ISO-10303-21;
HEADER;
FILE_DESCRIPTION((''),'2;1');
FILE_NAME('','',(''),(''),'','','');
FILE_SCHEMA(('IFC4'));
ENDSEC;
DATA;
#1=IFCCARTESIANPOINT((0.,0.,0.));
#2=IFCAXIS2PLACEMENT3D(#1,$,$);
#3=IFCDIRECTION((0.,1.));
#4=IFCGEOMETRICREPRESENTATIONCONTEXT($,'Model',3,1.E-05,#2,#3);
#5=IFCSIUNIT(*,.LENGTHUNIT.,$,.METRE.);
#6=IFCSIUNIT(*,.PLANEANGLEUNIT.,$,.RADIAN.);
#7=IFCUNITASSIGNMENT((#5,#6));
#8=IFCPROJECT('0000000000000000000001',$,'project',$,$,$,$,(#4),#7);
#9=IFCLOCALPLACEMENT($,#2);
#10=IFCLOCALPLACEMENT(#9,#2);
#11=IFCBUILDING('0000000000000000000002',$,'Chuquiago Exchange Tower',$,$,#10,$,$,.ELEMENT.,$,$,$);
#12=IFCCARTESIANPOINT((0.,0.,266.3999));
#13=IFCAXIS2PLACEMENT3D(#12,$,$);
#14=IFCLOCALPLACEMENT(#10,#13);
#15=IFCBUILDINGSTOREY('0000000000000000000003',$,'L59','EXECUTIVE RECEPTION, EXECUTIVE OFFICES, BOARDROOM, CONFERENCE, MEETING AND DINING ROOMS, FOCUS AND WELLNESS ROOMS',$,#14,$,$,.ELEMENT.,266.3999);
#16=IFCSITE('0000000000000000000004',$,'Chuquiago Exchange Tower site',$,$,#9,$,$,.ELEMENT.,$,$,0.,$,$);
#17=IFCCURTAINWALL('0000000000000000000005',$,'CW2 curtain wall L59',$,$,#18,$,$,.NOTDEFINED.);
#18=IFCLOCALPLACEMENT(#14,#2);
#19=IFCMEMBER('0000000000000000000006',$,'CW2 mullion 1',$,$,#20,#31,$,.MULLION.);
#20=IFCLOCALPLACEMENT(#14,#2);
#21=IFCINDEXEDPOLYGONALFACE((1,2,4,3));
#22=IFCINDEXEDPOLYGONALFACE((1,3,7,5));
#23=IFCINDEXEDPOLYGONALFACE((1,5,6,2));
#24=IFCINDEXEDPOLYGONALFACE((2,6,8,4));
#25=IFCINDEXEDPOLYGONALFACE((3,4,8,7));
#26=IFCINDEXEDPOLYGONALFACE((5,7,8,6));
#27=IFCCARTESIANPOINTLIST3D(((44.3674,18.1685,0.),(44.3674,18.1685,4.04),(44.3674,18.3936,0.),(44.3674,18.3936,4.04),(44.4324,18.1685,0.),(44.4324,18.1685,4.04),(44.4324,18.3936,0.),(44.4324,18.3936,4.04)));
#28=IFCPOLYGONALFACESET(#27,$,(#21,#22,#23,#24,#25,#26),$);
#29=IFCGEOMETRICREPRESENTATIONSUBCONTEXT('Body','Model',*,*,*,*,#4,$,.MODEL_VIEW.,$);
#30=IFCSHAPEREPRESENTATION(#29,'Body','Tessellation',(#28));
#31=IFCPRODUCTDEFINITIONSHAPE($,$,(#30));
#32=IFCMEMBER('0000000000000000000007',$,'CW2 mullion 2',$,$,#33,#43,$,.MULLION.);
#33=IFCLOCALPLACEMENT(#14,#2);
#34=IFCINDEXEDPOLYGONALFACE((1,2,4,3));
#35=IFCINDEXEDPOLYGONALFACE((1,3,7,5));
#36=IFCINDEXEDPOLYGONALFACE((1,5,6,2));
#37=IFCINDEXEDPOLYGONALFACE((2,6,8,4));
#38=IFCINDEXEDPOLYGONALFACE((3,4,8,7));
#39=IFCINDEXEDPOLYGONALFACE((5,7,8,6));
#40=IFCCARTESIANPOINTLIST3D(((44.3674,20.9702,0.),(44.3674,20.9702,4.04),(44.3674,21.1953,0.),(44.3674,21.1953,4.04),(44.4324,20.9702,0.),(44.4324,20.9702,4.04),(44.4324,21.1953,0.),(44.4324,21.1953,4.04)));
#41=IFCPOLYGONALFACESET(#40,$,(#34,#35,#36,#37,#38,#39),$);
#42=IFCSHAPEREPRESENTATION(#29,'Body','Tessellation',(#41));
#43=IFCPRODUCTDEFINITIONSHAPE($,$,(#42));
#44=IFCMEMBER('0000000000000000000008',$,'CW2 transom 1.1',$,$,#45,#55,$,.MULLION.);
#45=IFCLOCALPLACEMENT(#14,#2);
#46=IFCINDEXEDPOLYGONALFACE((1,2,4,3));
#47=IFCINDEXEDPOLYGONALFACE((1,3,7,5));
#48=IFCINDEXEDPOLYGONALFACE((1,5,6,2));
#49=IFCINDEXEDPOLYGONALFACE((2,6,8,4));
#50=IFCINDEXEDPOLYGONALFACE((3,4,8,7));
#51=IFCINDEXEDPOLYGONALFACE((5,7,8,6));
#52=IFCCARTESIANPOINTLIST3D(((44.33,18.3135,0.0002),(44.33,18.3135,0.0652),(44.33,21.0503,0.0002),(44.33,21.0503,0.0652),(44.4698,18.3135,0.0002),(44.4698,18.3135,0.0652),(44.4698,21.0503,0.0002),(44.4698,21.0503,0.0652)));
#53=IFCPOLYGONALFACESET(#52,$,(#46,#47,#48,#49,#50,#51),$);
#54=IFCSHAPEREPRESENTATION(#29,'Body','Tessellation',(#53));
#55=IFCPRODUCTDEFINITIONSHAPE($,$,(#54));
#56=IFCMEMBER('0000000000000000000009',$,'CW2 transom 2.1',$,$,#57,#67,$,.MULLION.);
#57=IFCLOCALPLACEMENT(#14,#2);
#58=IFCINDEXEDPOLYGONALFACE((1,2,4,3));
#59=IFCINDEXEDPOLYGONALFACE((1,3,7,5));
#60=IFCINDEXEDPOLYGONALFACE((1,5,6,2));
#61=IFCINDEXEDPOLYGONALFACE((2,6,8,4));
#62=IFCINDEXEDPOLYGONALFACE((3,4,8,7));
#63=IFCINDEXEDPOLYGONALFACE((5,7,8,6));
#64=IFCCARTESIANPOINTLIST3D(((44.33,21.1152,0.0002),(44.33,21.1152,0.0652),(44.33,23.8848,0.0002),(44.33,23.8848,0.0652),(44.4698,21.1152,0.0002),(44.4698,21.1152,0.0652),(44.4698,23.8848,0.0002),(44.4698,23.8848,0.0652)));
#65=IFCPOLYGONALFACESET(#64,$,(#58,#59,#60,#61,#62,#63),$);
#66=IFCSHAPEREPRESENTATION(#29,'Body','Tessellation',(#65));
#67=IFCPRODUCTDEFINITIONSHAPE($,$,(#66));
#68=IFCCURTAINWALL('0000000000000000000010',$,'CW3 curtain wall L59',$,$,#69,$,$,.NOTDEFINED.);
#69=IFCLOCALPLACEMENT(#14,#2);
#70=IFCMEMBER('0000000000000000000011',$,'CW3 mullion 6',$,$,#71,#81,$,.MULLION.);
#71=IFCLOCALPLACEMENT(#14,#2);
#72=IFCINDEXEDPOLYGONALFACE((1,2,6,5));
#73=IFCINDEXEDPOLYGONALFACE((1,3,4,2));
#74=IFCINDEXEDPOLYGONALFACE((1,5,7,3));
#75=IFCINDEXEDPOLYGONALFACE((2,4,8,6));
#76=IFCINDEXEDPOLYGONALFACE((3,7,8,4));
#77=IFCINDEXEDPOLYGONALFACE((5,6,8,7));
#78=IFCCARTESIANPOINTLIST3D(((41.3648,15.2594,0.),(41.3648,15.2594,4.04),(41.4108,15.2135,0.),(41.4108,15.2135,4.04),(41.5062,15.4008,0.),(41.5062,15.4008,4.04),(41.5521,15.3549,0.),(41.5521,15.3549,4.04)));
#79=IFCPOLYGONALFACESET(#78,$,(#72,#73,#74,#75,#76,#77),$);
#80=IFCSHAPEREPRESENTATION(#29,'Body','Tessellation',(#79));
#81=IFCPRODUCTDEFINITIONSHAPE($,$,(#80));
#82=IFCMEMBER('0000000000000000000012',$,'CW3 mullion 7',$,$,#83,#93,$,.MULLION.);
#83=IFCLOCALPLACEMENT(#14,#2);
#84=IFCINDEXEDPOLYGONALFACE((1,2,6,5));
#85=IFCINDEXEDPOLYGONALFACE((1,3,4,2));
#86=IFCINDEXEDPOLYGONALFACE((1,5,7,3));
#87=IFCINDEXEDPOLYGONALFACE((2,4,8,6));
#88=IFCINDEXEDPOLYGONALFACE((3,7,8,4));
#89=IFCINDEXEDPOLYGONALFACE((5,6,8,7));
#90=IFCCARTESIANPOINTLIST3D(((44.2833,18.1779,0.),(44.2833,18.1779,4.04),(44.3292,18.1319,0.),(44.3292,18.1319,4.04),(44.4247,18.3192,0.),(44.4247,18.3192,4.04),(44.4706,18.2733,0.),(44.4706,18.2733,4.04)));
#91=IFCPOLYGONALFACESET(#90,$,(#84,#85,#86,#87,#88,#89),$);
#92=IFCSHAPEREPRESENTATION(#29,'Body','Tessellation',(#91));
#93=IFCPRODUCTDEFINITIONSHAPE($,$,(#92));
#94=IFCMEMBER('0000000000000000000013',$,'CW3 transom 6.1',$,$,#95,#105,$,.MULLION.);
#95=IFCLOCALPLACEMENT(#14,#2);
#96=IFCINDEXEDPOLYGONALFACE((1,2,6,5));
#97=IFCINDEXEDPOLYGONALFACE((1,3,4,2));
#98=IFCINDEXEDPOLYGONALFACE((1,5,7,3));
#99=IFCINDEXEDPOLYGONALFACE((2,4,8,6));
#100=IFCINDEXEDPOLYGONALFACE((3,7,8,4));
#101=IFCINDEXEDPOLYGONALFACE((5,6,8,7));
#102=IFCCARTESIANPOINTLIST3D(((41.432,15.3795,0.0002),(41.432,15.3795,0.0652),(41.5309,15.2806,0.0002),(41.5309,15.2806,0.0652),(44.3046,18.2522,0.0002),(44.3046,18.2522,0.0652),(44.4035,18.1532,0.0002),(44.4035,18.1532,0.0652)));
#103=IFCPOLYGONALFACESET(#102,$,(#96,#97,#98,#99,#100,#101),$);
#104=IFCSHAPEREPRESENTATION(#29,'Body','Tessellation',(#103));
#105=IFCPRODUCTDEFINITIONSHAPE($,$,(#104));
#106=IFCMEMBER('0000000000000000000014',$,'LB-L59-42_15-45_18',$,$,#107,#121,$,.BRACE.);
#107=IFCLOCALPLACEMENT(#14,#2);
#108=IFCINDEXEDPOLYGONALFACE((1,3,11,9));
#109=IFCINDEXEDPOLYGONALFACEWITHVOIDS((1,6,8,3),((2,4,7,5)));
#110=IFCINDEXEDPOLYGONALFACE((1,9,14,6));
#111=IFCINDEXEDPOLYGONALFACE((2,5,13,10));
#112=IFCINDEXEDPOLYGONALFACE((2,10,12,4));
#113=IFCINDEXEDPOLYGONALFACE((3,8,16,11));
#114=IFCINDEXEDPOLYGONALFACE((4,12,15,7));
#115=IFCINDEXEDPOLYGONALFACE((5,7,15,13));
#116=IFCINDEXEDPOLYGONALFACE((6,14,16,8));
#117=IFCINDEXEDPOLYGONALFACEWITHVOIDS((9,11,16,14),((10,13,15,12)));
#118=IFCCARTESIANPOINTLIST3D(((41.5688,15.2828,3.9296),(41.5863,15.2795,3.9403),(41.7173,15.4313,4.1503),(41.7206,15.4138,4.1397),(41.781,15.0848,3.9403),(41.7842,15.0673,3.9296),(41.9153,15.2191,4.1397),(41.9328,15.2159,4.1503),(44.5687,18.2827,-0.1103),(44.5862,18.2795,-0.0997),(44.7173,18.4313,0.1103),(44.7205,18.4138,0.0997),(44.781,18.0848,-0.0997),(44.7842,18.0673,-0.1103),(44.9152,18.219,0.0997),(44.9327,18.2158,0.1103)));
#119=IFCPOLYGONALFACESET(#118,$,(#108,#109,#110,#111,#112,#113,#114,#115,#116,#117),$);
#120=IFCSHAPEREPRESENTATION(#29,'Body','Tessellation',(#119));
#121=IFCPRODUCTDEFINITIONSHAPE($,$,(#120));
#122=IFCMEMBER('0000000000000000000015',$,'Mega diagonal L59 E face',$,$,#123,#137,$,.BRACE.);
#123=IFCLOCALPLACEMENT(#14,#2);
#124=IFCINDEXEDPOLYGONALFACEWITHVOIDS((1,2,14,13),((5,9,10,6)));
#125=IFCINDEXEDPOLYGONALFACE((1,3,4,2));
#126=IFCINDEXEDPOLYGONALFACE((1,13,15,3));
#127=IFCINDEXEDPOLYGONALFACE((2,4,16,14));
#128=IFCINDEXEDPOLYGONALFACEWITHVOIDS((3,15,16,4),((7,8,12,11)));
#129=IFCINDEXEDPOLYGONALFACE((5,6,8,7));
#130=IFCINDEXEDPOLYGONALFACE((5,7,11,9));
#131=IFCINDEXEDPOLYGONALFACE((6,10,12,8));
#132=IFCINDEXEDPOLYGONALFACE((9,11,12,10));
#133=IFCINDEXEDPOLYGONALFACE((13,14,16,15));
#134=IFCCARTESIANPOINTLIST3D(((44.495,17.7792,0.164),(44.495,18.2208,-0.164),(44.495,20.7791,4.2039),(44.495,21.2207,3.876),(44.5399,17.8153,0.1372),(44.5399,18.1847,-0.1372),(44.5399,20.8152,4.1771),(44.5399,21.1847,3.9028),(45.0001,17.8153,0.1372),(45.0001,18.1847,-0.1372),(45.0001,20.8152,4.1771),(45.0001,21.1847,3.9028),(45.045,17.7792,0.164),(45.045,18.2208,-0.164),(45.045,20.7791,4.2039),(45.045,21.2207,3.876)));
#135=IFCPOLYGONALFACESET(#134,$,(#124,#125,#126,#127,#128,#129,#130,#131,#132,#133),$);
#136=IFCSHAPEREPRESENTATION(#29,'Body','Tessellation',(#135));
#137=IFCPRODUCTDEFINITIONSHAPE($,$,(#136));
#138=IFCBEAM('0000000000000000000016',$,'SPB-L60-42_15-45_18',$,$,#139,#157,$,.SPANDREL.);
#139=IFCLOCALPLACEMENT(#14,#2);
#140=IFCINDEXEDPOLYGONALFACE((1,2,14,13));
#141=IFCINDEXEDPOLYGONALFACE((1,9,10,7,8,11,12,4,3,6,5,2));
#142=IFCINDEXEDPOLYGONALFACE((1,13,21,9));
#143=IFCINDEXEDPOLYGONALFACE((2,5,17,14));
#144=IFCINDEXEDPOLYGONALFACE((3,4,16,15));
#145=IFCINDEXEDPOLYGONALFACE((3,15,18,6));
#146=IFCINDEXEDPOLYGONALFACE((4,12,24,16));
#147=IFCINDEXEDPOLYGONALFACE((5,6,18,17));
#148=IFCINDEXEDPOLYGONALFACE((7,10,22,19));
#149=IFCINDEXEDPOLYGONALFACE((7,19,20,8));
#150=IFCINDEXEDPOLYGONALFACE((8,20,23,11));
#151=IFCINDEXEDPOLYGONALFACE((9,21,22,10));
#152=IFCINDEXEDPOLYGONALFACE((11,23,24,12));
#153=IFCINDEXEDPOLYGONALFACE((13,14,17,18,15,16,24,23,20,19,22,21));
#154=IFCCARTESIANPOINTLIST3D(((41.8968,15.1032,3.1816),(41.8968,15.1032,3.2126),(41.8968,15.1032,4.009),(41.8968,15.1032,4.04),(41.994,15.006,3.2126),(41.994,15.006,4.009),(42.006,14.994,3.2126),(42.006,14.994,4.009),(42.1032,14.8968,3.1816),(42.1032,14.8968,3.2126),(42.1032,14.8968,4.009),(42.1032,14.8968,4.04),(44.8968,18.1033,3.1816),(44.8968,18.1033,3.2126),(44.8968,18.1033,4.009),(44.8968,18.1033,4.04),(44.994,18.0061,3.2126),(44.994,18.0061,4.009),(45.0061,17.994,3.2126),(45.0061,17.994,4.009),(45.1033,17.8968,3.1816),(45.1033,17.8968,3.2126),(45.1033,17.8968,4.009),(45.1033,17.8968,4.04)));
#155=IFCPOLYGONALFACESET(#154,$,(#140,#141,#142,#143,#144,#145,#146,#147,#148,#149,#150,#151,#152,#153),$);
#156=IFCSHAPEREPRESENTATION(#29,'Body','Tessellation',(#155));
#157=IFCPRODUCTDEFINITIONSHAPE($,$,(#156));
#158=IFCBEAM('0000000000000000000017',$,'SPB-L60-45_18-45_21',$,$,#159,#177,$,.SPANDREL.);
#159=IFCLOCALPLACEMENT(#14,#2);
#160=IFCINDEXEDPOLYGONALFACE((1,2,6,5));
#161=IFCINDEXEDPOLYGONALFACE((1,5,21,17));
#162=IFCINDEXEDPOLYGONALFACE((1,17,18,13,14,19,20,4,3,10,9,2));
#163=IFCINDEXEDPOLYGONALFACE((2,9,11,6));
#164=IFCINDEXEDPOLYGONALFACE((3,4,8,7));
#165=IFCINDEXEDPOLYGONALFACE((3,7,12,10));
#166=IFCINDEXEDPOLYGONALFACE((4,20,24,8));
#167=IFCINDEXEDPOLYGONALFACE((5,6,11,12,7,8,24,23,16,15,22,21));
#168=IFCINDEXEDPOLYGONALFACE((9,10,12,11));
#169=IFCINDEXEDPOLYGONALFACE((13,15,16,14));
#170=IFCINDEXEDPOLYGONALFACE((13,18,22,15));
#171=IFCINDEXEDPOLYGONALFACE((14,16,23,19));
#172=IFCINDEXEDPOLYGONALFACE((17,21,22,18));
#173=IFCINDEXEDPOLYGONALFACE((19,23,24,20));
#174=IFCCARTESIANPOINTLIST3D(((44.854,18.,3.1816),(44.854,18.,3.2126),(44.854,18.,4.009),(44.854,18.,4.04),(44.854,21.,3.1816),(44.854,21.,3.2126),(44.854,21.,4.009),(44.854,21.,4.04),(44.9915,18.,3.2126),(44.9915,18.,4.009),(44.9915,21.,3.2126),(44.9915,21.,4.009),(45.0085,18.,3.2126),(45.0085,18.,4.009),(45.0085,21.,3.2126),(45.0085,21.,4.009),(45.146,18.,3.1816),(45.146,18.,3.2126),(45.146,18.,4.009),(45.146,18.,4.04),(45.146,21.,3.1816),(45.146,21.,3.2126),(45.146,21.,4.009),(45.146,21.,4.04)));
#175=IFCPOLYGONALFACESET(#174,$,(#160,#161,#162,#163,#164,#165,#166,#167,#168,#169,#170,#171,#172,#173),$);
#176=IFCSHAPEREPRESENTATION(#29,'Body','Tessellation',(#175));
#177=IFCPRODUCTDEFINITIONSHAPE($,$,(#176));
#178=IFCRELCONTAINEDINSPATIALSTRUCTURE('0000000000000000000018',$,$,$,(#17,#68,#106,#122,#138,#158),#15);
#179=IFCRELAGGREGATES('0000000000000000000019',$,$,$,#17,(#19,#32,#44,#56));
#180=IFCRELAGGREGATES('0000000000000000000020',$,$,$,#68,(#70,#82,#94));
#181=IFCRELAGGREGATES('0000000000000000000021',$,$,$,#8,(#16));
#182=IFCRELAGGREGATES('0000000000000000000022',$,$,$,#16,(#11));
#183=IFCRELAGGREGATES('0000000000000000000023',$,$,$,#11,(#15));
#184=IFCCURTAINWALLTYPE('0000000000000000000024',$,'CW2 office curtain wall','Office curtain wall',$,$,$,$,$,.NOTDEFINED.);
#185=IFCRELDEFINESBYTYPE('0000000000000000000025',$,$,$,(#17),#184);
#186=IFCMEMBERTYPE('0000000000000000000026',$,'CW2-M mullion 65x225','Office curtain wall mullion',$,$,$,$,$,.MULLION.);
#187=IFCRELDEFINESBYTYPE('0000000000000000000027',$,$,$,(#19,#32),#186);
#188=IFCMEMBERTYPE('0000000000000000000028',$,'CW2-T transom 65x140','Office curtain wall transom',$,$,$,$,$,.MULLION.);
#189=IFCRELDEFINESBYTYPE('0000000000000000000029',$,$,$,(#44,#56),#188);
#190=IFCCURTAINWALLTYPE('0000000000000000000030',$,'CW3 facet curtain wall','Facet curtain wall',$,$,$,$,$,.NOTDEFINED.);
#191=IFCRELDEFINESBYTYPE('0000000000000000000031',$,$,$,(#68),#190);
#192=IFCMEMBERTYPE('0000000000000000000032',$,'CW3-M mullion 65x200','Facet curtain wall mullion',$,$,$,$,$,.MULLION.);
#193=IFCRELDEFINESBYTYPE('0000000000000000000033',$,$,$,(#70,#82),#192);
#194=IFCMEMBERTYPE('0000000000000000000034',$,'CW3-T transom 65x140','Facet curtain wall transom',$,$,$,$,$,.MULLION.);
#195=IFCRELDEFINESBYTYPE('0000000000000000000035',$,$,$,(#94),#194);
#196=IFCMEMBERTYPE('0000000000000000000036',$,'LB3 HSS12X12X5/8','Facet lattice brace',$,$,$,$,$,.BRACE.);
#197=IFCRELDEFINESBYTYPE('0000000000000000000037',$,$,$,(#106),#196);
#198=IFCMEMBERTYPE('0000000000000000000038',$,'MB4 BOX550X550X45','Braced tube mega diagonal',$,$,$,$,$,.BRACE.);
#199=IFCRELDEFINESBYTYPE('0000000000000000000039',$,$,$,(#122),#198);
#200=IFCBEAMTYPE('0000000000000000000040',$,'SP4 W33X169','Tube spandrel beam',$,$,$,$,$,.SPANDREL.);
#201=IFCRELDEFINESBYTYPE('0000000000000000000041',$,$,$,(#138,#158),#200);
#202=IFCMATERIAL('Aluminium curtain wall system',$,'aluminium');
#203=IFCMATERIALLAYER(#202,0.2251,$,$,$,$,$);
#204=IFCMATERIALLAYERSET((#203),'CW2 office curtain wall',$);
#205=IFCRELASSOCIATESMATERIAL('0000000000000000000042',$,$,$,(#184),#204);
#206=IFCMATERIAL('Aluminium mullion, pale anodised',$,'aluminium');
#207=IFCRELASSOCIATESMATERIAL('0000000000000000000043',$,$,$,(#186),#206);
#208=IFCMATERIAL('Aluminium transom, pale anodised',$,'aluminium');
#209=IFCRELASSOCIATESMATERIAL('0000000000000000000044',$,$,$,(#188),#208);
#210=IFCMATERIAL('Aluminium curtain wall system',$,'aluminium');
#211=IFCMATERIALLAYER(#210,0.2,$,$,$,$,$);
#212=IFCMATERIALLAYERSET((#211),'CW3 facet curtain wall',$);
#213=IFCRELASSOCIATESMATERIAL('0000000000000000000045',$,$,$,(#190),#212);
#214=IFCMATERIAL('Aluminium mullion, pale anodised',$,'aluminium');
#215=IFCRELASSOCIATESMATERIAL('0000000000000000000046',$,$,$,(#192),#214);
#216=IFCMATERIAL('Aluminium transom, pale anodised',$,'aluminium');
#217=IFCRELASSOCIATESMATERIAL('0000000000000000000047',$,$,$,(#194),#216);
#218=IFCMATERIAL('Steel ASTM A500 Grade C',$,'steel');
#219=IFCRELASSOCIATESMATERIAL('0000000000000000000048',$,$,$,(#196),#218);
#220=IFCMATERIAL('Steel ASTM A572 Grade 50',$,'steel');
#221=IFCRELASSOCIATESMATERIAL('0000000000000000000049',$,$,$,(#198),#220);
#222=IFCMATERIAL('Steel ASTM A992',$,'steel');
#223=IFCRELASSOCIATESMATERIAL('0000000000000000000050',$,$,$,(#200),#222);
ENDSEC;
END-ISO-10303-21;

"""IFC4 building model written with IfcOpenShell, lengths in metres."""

from ifc_helpers import new_model, si_unit, direction, frame, origin, origin_2d, place, context, subcontext, project, spatial, rectangle, hollow_rectangle, i_section, extrude, material, layer, layer_set, material_profile, profile_set, type_object, element, aggregate, save


model = new_model("IFC4")

# Units and contexts
model_context = context("Model", 3, precision=1e-05, world=origin(), true_north=direction((0.0, 1.0)))
body_context = subcontext(model_context, "Body", "Model", "MODEL_VIEW")
ifc_project = project(units=[si_unit("LENGTHUNIT", "METRE"), si_unit("PLANEANGLEUNIT", "RADIAN")], contexts=[model_context])

# Site, building, storey
site_placement = place(None, origin())
site = spatial("IfcSite", under=ifc_project, at=site_placement, Name="Chuquiago Exchange Tower site", CompositionType="ELEMENT", RefElevation=0.0)
building_placement = place(site_placement, origin())
building = spatial("IfcBuilding", under=site, at=building_placement, Name="Chuquiago Exchange Tower", CompositionType="ELEMENT")
storey_placement = place(building_placement, frame((0.0, 0.0, 266.3999)))
storey = spatial("IfcBuildingStorey", under=building, at=storey_placement, Name="L59", Description="EXECUTIVE RECEPTION, EXECUTIVE OFFICES, BOARDROOM, CONFERENCE, MEETING AND DINING ROOMS, FOCUS AND WELLNESS ROOMS", CompositionType="ELEMENT", Elevation=266.3999)

# Curtain walls, members
ifc_material_1 = material(Name="Aluminium curtain wall system", Category="aluminium")
ifc_layer_1 = layer(ifc_material_1, 0.2251)
ifc_layer_set_1 = layer_set([ifc_layer_1], Name="CW2 office curtain wall")
curtain_wall_type_1 = type_object("IfcCurtainWallType", Name="CW2 office curtain wall", Description="Office curtain wall", PredefinedType="NOTDEFINED", material=ifc_layer_set_1)
curtain_wall_1_placement = place(storey_placement, origin())
curtain_wall_1 = element("IfcCurtainWall", 1, at=curtain_wall_1_placement, inside=storey, type_object=curtain_wall_type_1, Name="CW2 curtain wall L59", PredefinedType="NOTDEFINED")
ifc_material_2 = material(Name="Aluminium mullion, pale anodised", Category="aluminium")
ifc_material_profile_1 = material_profile(ifc_material_2, rectangle(XDim=0.0649, YDim=0.2251, at=origin_2d()), Name="AL 65x225")
ifc_profile_set_1 = profile_set([ifc_material_profile_1], Name="Aluminium mullion, pale anodised")
member_type_1 = type_object("IfcMemberType", Name="CW2-M mullion 65x225", Description="Office curtain wall mullion", PredefinedType="MULLION", material=ifc_profile_set_1)
member_1_placement = place(storey_placement, frame((44.3999, 18.281, 0.0), z_axis=(0.0, 0.0, 1.0), x_axis=(-1.0, 0.0, 0.0)))
member_1 = element("IfcMember", 2, at=member_1_placement, type_object=member_type_1, Name="CW2 mullion 1", PredefinedType="MULLION", context=body_context, shape_type="SweptSolid", body=[
    extrude(rectangle(XDim=0.0649, YDim=0.2251, at=origin_2d()), origin(), (0.0, 0.0, 1.0), 4.04),
])
member_2_placement = place(storey_placement, frame((44.3999, 21.0828, 0.0), z_axis=(0.0, 0.0, 1.0), x_axis=(-1.0, 0.0, 0.0)))
member_2 = element("IfcMember", 3, at=member_2_placement, type_object=member_type_1, Name="CW2 mullion 2", PredefinedType="MULLION", context=body_context, shape_type="SweptSolid", body=[
    extrude(rectangle(XDim=0.0649, YDim=0.2251, at=origin_2d()), origin(), (0.0, 0.0, 1.0), 4.04),
])
ifc_material_3 = material(Name="Aluminium transom, pale anodised", Category="aluminium")
ifc_material_profile_2 = material_profile(ifc_material_3, rectangle(XDim=0.1399, YDim=0.0649, at=origin_2d()), Name="AL 140x65")
ifc_profile_set_2 = profile_set([ifc_material_profile_2], Name="Aluminium transom, pale anodised")
member_type_2 = type_object("IfcMemberType", Name="CW2-T transom 65x140", Description="Office curtain wall transom", PredefinedType="MULLION", material=ifc_profile_set_2)
member_3_placement = place(storey_placement, frame((44.3999, 18.3135, 0.0327), z_axis=(0.0, 1.0, 0.0), x_axis=(-1.0, 0.0, 0.0)))
member_3 = element("IfcMember", 4, at=member_3_placement, type_object=member_type_2, Name="CW2 transom 1.1", PredefinedType="MULLION", context=body_context, shape_type="SweptSolid", body=[
    extrude(rectangle(XDim=0.1399, YDim=0.0649, at=origin_2d()), origin(), (0.0, 0.0, 1.0), 2.7368),
])
member_4_placement = place(storey_placement, frame((44.3999, 21.1152, 0.0327), z_axis=(0.0, 1.0, 0.0), x_axis=(-1.0, 0.0, 0.0)))
member_4 = element("IfcMember", 5, at=member_4_placement, type_object=member_type_2, Name="CW2 transom 2.1", PredefinedType="MULLION", context=body_context, shape_type="SweptSolid", body=[
    extrude(rectangle(XDim=0.1399, YDim=0.0649, at=origin_2d()), origin(), (0.0, 0.0, 1.0), 2.7695),
])
ifc_material_4 = material(Name="Aluminium curtain wall system", Category="aluminium")
ifc_layer_2 = layer(ifc_material_4, 0.2)
ifc_layer_set_2 = layer_set([ifc_layer_2], Name="CW3 facet curtain wall")
curtain_wall_type_2 = type_object("IfcCurtainWallType", Name="CW3 facet curtain wall", Description="Facet curtain wall", PredefinedType="NOTDEFINED", material=ifc_layer_set_2)
curtain_wall_2_placement = place(storey_placement, origin())
curtain_wall_2 = element("IfcCurtainWall", 6, at=curtain_wall_2_placement, inside=storey, type_object=curtain_wall_type_2, Name="CW3 curtain wall L59", PredefinedType="NOTDEFINED")
ifc_material_5 = material(Name="Aluminium mullion, pale anodised", Category="aluminium")
ifc_material_profile_3 = material_profile(ifc_material_5, rectangle(XDim=0.0649, YDim=0.2, at=origin_2d()), Name="AL 65x200")
ifc_profile_set_3 = profile_set([ifc_material_profile_3], Name="Aluminium mullion, pale anodised")
member_type_3 = type_object("IfcMemberType", Name="CW3-M mullion 65x200", Description="Facet curtain wall mullion", PredefinedType="MULLION", material=ifc_profile_set_3)
member_5_placement = place(storey_placement, frame((41.4585, 15.3071, 0.0), z_axis=(0.0, 0.0, 1.0), x_axis=(-0.707107, 0.707107, 0.0)))
member_5 = element("IfcMember", 7, at=member_5_placement, type_object=member_type_3, Name="CW3 mullion 6", PredefinedType="MULLION", context=body_context, shape_type="SweptSolid", body=[
    extrude(rectangle(XDim=0.0649, YDim=0.2, at=origin_2d()), origin(), (0.0, 0.0, 1.0), 4.04),
])
member_6_placement = place(storey_placement, frame((44.377, 18.2256, 0.0), z_axis=(0.0, 0.0, 1.0), x_axis=(-0.707107, 0.707107, 0.0)))
member_6 = element("IfcMember", 8, at=member_6_placement, type_object=member_type_3, Name="CW3 mullion 7", PredefinedType="MULLION", context=body_context, shape_type="SweptSolid", body=[
    extrude(rectangle(XDim=0.0649, YDim=0.2, at=origin_2d()), origin(), (0.0, 0.0, 1.0), 4.04),
])
ifc_material_6 = material(Name="Aluminium transom, pale anodised", Category="aluminium")
ifc_material_profile_4 = material_profile(ifc_material_6, rectangle(XDim=0.1399, YDim=0.0649, at=origin_2d()), Name="AL 140x65")
ifc_profile_set_4 = profile_set([ifc_material_profile_4], Name="Aluminium transom, pale anodised")
member_type_4 = type_object("IfcMemberType", Name="CW3-T transom 65x140", Description="Facet curtain wall transom", PredefinedType="MULLION", material=ifc_profile_set_4)
member_7_placement = place(storey_placement, frame((41.4814, 15.3301, 0.0327), z_axis=(0.707107, 0.707107, 0.0), x_axis=(-0.707107, 0.707107, 0.0)))
member_7 = element("IfcMember", 9, at=member_7_placement, type_object=member_type_4, Name="CW3 transom 6.1", PredefinedType="MULLION", context=body_context, shape_type="SweptSolid", body=[
    extrude(rectangle(XDim=0.1399, YDim=0.0649, at=origin_2d()), origin(), (0.0, 0.0, 1.0), 4.0625),
])

# Members
ifc_material_7 = material(Name="Steel ASTM A500 Grade C", Category="steel")
ifc_material_profile_5 = material_profile(ifc_material_7, hollow_rectangle(XDim=0.3047, YDim=0.3047, WallThickness=0.0146, at=origin_2d()), Name="HSS12X12X5/8")
ifc_profile_set_5 = profile_set([ifc_material_profile_5], Name="Steel ASTM A500 Grade C")
member_type_5 = type_object("IfcMemberType", Name="LB3 HSS12X12X5/8", Description="Facet lattice brace", PredefinedType="BRACE", material=ifc_profile_set_5)
member_8_placement = place(storey_placement, frame((44.7507, 18.2493, 0.0), z_axis=(-0.512077, -0.512077, 0.689604), x_axis=(0.707107, -0.707107, 0.0)))
element("IfcMember", 10, at=member_8_placement, inside=storey, type_object=member_type_5, Name="LB-L59-42_15-45_18", PredefinedType="BRACE", context=body_context, shape_type="SweptSolid", body=[
    extrude(hollow_rectangle(XDim=0.3047, YDim=0.3047, WallThickness=0.0146, at=origin_2d()), origin(), (0.0, 0.0, 1.0), 5.8584),
])
ifc_material_8 = material(Name="Steel ASTM A572 Grade 50", Category="steel")
ifc_material_profile_6 = material_profile(ifc_material_8, hollow_rectangle(XDim=0.55, YDim=0.55, WallThickness=0.0449, at=origin_2d()), Name="BOX550X550X45")
ifc_profile_set_6 = profile_set([ifc_material_profile_6], Name="Steel ASTM A572 Grade 50")
member_type_6 = type_object("IfcMemberType", Name="MB4 BOX550X550X45", Description="Braced tube mega diagonal", PredefinedType="BRACE", material=ifc_profile_set_6)
member_9_placement = place(storey_placement, frame((44.77, 18.0, 0.0), z_axis=(0.0, 0.596174, 0.802855), x_axis=(-1.0, 0.0, 0.0)))
element("IfcMember", 11, at=member_9_placement, inside=storey, type_object=member_type_6, Name="Mega diagonal L59 E face", PredefinedType="BRACE", context=body_context, shape_type="SweptSolid", body=[
    extrude(hollow_rectangle(XDim=0.55, YDim=0.55, WallThickness=0.0449, at=origin_2d()), origin(), (0.0, 0.0, 1.0), 5.032),
])

# Beams
ifc_material_9 = material(Name="Steel ASTM A992", Category="steel")
ifc_material_profile_7 = material_profile(ifc_material_9, i_section(OverallWidth=0.292, OverallDepth=0.8584, WebThickness=0.0171, FlangeThickness=0.031, at=origin_2d()), Name="W33X169")
ifc_profile_set_7 = profile_set([ifc_material_profile_7], Name="Steel ASTM A992")
beam_type_1 = type_object("IfcBeamType", Name="SP4 W33X169", Description="Tube spandrel beam", PredefinedType="SPANDREL", material=ifc_profile_set_7)
beam_1_placement = place(storey_placement, frame((42.0, 15.0, 3.6108), z_axis=(0.707107, 0.707107, 0.0), x_axis=(-0.707107, 0.707107, 0.0)))
element("IfcBeam", 12, at=beam_1_placement, inside=storey, type_object=beam_type_1, Name="SPB-L60-42_15-45_18", PredefinedType="SPANDREL", context=body_context, shape_type="SweptSolid", body=[
    extrude(i_section(OverallWidth=0.292, OverallDepth=0.8584, WebThickness=0.0171, FlangeThickness=0.031, at=origin_2d()), origin(), (0.0, 0.0, 1.0), 4.2427),
])
for number, where, z_axis, x_axis, name in (
    (13, (45.0, 18.0, 3.6108), (0.0, 1.0, 0.0), (-1.0, 0.0, 0.0), "SPB-L60-45_18-45_21"),
):
    element("IfcBeam", number, at=place(storey_placement, frame(where, z_axis=z_axis, x_axis=x_axis)), inside=storey, type_object=beam_type_1, Name=name, PredefinedType="SPANDREL", context=body_context, shape_type="SweptSolid", body=[
        extrude(i_section(OverallWidth=0.292, OverallDepth=0.8584, WebThickness=0.0171, FlangeThickness=0.031, at=origin_2d()), origin(), (0.0, 0.0, 1.0), 3.0),
    ])

aggregate(curtain_wall_1, [member_1, member_2, member_3, member_4])
aggregate(curtain_wall_2, [member_5, member_6, member_7])

save(model, "model.ifc")
